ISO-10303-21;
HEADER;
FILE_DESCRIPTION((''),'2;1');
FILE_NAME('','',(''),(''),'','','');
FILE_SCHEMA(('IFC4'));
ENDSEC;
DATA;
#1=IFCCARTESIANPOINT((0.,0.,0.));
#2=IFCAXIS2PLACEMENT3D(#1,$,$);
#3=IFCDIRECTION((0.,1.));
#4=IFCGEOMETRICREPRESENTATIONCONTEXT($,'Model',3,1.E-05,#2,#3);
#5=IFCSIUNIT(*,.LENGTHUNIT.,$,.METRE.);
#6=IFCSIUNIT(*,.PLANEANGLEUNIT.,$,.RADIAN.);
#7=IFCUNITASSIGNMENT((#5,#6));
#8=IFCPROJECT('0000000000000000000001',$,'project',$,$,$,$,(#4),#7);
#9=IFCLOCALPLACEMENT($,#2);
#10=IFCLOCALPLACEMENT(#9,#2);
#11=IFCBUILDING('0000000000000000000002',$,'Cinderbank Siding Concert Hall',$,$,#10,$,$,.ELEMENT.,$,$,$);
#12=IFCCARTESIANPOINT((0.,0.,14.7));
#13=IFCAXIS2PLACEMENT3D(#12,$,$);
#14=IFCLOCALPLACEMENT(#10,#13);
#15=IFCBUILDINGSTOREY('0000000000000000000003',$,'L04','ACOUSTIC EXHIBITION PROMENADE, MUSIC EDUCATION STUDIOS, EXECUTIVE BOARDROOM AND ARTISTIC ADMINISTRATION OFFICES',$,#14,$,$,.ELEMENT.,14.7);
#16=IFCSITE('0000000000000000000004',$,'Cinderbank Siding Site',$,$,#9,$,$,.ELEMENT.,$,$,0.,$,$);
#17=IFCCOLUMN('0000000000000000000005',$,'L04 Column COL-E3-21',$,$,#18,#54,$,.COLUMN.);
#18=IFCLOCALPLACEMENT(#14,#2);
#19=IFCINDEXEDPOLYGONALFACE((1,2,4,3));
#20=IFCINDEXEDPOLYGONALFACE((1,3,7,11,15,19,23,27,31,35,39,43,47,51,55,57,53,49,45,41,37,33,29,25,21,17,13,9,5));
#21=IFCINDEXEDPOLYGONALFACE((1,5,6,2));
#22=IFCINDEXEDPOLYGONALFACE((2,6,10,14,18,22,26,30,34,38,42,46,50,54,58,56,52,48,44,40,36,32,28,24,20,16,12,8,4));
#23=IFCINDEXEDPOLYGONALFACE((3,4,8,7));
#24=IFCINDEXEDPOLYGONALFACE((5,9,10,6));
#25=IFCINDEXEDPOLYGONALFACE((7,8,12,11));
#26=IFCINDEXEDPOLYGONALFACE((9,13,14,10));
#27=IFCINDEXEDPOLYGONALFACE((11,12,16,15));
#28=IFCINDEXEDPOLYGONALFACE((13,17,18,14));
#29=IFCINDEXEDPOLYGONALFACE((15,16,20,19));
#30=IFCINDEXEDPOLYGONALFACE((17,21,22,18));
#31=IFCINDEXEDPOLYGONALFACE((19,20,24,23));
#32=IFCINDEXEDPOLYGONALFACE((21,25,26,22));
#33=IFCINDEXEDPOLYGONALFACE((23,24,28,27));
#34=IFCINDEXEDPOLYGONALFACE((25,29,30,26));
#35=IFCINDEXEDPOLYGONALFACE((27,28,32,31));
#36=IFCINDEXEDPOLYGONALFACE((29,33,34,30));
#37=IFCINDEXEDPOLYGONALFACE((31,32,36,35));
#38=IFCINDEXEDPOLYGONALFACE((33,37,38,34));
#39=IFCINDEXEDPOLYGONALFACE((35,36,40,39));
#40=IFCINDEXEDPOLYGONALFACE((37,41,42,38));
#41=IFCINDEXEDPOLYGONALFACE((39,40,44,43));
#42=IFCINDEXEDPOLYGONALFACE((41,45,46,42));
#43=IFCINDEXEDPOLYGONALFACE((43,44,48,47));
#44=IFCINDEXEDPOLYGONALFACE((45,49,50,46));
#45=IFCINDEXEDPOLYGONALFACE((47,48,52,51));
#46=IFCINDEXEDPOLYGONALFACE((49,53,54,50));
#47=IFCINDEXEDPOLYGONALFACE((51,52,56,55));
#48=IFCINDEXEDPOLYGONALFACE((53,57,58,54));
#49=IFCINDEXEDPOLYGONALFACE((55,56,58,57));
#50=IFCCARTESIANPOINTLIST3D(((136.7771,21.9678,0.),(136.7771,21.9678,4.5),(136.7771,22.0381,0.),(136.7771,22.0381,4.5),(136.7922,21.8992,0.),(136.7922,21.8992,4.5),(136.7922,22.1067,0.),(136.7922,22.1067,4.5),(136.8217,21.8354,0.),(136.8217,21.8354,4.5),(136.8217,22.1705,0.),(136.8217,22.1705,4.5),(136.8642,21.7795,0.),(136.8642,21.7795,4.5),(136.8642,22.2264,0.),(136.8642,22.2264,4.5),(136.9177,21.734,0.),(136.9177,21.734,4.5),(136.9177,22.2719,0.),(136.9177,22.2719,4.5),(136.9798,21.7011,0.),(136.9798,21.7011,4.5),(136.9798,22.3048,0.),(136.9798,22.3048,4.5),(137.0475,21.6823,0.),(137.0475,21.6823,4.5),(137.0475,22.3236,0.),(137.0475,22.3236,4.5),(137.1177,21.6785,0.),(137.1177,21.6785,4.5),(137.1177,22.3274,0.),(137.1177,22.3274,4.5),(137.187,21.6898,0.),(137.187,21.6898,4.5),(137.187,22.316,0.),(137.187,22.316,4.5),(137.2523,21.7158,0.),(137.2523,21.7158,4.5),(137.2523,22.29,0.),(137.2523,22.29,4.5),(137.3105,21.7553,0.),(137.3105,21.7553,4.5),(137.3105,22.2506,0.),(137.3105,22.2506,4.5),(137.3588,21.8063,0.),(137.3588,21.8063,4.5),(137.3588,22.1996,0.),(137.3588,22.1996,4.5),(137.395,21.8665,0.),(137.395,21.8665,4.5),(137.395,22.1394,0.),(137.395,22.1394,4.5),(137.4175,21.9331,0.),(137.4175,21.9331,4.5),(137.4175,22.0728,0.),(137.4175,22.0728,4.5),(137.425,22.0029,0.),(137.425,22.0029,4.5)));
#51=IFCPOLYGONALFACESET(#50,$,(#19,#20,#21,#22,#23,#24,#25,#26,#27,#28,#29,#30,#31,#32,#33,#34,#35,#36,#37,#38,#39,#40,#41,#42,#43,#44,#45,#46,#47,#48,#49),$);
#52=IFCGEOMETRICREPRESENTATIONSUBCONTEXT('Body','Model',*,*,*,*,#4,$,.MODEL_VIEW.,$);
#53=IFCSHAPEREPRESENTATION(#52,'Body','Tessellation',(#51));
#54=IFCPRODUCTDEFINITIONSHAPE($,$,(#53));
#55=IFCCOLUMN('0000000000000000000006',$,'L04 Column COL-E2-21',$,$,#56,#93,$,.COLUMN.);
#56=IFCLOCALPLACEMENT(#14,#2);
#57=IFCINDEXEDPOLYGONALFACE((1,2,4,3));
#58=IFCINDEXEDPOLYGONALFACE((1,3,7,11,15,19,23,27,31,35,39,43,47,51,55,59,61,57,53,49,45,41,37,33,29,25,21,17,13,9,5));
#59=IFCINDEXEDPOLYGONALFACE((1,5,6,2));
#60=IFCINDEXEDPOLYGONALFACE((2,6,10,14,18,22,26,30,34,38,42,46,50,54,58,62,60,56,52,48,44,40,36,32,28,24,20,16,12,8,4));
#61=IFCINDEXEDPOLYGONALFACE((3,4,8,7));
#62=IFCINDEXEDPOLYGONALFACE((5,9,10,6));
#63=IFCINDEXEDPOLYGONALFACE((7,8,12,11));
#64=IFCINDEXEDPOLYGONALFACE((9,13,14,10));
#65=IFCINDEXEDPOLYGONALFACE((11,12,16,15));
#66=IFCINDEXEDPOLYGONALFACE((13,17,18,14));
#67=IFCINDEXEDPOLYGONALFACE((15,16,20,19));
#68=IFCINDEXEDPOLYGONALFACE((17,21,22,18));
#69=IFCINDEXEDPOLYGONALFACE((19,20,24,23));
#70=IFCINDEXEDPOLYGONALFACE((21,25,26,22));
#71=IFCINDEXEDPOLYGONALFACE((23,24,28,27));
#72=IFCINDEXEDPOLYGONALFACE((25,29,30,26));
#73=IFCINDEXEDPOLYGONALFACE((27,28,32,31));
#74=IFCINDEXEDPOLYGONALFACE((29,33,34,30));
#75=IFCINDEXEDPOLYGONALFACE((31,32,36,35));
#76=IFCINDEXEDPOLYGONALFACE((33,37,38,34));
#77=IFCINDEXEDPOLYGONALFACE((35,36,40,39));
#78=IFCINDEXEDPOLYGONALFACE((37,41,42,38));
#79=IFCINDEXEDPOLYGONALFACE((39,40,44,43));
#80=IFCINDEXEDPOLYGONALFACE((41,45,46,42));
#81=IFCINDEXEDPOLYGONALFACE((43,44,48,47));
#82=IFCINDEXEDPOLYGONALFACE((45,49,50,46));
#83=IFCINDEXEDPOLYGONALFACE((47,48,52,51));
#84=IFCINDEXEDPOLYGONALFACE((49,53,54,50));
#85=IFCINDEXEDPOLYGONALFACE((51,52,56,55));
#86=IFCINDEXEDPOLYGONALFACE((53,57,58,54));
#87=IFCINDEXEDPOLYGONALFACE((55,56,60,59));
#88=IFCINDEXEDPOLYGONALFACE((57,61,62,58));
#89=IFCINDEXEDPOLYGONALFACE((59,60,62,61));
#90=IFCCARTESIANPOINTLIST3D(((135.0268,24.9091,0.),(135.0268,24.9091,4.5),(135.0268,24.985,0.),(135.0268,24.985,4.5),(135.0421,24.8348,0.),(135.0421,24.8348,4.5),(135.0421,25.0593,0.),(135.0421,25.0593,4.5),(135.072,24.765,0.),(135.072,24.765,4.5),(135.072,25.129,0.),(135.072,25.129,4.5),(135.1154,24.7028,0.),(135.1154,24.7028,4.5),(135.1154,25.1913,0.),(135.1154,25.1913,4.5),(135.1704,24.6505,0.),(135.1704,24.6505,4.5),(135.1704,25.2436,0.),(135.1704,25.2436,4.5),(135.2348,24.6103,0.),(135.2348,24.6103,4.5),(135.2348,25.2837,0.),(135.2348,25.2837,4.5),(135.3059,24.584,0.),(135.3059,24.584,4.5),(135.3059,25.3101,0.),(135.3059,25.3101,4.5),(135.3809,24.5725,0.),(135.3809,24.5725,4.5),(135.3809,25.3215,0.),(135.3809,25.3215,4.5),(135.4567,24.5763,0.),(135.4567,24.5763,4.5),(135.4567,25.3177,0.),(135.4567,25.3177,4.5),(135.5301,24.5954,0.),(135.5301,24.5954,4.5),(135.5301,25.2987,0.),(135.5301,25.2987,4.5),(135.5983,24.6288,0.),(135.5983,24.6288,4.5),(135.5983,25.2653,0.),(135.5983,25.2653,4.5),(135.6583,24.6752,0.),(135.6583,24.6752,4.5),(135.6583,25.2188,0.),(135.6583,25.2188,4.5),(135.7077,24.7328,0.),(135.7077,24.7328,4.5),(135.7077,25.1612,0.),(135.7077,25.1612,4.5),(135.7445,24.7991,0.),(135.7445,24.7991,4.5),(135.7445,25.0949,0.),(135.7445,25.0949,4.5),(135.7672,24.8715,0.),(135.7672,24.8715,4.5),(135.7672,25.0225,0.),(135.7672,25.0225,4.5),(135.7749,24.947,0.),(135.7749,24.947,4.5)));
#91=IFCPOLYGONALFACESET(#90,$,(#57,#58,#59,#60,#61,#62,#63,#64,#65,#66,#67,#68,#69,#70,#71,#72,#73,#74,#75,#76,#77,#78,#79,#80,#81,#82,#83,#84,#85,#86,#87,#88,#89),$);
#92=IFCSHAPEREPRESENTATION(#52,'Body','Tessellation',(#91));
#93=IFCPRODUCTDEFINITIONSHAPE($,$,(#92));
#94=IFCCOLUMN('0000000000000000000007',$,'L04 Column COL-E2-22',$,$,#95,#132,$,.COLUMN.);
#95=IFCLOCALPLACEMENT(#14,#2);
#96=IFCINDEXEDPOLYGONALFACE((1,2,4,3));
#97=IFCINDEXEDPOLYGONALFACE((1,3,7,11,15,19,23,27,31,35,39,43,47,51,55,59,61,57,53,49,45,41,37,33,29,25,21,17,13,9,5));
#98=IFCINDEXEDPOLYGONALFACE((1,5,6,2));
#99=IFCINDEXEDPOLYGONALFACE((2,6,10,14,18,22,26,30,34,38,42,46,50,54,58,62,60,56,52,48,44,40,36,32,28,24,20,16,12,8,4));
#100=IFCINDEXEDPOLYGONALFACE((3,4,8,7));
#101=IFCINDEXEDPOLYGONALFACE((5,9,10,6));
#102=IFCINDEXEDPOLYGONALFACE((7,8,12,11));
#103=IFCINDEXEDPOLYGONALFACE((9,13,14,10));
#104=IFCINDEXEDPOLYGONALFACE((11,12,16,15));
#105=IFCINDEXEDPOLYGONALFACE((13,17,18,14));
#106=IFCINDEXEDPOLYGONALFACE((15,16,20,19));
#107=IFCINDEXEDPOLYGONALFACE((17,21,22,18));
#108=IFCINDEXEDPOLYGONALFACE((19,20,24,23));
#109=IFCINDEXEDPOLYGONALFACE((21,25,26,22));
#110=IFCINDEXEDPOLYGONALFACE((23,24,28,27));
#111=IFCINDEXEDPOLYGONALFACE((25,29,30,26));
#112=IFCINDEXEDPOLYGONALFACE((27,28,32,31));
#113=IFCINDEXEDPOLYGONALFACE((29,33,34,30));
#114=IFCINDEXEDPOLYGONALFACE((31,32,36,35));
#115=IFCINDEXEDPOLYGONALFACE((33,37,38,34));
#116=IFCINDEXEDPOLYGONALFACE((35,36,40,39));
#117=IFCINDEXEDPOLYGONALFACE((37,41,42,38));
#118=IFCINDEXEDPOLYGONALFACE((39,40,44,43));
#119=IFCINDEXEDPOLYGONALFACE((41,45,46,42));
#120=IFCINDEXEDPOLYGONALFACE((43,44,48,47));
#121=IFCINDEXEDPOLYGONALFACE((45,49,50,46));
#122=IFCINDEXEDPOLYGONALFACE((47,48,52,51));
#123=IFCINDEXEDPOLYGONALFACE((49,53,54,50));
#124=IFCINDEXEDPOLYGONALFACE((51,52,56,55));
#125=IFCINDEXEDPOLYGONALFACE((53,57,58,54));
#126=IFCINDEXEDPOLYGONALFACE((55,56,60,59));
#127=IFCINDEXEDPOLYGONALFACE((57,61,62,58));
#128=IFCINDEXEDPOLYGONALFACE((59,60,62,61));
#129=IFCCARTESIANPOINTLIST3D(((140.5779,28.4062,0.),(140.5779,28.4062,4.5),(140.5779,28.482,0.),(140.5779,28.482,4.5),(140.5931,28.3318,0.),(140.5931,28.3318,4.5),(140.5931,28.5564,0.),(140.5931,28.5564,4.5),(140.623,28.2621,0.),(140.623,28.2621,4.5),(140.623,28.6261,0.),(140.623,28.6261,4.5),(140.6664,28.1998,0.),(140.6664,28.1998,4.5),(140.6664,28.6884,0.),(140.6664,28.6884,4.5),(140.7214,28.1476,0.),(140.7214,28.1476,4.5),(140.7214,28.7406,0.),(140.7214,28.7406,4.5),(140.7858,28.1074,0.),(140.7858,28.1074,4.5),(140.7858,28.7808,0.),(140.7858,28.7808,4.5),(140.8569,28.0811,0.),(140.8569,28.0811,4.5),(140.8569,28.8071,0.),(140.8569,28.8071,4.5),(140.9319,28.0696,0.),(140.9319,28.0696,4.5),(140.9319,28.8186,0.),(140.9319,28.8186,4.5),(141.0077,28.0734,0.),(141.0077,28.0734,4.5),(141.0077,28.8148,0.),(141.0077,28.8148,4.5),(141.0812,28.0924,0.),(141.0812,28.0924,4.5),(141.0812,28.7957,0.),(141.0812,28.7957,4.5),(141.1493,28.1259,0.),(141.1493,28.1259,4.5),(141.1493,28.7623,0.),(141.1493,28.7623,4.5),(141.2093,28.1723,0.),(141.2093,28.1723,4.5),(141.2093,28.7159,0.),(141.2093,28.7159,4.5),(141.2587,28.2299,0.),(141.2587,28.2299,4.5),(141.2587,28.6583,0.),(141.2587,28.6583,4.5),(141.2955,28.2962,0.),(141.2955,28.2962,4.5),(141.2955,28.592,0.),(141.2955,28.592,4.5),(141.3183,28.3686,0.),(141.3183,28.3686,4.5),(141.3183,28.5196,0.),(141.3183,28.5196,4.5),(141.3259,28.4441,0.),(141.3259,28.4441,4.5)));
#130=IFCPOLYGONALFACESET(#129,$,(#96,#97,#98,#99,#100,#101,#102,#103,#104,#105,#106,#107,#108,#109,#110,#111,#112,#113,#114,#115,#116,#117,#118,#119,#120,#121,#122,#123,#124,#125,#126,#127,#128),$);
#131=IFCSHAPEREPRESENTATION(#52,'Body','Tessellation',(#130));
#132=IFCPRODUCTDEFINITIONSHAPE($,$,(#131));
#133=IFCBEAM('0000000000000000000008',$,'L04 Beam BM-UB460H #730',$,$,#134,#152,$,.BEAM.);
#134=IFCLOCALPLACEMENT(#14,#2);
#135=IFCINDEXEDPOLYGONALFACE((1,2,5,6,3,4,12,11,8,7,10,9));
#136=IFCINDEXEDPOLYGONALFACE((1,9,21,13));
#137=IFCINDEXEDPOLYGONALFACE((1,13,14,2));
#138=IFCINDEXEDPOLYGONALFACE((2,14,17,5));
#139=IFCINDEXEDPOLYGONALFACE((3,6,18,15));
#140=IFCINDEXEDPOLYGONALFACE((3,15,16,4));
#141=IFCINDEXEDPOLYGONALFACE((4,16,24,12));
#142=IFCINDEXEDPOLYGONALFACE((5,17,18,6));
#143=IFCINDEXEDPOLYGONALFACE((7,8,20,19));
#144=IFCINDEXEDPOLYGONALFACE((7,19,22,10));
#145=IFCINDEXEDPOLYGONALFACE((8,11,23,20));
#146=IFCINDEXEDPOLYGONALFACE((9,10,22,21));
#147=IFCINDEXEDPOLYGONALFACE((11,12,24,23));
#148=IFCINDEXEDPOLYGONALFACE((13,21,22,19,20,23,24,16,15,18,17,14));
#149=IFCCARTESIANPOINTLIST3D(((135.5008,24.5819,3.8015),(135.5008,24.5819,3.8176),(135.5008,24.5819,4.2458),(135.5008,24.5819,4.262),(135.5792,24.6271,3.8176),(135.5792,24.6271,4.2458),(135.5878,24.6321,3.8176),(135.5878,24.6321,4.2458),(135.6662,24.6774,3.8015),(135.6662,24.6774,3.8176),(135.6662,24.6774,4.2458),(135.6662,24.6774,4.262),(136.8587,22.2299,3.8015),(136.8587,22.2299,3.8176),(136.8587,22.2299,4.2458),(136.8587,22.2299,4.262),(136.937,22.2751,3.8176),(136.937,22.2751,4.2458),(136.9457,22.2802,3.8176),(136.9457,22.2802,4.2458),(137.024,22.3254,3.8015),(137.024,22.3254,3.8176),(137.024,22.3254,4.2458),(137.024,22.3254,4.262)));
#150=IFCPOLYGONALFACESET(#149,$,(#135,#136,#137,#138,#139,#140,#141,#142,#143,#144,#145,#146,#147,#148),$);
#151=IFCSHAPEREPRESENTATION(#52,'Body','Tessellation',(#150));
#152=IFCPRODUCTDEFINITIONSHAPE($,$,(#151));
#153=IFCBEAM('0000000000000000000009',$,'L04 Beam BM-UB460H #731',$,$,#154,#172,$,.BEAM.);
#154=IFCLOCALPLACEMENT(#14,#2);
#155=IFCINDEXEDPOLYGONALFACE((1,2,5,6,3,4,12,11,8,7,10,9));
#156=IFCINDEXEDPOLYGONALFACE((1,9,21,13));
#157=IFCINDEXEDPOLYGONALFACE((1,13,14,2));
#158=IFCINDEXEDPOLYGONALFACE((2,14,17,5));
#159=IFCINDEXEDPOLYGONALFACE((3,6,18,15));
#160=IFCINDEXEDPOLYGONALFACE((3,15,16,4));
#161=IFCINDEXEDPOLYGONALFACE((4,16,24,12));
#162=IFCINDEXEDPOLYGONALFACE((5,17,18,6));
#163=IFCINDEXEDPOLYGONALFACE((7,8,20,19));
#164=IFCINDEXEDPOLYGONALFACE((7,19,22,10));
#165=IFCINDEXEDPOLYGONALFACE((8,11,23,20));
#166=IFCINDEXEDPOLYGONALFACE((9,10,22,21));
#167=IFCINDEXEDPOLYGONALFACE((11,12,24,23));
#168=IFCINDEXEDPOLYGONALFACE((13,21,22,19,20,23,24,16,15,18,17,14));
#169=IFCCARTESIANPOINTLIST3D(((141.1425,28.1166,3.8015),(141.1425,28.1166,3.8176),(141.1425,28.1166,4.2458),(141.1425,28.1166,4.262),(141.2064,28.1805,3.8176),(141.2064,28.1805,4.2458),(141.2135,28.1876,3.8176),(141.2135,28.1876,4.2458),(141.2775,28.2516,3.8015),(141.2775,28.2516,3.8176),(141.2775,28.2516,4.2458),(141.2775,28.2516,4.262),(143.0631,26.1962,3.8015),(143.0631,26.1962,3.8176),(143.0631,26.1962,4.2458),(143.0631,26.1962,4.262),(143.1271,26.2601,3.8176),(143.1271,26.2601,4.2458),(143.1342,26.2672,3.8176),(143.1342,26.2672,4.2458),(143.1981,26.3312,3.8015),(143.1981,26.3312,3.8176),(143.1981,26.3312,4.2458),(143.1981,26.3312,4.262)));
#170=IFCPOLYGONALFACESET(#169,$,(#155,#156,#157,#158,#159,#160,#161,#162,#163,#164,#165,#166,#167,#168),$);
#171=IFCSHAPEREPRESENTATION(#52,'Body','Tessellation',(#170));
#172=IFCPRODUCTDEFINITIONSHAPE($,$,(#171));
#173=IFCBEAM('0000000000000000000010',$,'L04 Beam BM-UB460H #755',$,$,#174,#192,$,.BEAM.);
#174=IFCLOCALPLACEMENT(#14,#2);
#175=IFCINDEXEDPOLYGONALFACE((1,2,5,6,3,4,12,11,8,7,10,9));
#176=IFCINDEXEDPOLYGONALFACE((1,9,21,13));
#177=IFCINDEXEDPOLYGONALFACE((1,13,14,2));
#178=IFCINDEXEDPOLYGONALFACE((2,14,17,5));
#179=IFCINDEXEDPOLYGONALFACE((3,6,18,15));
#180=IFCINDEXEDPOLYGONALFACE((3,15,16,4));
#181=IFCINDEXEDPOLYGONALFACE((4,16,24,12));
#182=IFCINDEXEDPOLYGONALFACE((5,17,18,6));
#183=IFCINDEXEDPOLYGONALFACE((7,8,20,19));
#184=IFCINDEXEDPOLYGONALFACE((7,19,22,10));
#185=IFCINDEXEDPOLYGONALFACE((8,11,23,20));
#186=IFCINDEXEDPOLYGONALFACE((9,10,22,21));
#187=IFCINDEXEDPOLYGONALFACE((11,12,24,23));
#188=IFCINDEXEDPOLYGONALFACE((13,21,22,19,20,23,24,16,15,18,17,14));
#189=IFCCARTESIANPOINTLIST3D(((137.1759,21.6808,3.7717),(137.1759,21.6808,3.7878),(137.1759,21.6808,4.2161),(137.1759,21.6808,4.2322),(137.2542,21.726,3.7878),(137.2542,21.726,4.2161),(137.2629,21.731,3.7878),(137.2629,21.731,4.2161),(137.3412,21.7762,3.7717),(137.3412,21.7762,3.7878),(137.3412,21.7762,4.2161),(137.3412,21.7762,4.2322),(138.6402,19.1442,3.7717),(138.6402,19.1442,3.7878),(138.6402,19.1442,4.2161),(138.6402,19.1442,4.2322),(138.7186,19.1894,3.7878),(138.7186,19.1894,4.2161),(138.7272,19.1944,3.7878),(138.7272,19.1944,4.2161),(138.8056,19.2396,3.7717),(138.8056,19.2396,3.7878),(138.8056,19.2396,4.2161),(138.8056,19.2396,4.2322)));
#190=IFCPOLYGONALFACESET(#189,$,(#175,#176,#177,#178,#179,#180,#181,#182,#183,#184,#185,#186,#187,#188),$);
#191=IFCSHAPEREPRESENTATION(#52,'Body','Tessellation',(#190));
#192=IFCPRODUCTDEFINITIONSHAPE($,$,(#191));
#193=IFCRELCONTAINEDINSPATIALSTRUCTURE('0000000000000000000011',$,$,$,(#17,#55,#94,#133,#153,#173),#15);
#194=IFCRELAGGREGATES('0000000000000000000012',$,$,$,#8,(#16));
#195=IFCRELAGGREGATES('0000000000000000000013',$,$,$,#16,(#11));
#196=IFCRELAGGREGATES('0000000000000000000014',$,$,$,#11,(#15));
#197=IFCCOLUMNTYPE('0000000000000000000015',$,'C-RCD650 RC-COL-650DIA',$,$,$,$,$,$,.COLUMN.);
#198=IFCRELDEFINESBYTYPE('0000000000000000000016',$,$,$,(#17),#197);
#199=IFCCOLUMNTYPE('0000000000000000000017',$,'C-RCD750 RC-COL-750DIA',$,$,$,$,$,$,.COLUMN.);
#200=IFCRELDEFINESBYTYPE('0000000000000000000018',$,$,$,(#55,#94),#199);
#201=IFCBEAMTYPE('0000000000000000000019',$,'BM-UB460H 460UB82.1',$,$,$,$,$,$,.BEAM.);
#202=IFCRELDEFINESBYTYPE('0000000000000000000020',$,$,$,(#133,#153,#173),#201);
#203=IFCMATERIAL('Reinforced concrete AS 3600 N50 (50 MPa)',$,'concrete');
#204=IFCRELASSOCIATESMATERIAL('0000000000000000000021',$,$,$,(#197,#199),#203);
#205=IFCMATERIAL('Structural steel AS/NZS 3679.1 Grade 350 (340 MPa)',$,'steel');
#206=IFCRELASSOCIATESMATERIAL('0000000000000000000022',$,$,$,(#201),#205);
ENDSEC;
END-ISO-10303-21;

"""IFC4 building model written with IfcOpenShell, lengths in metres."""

from ifc_helpers import new_model, si_unit, direction, frame, origin, origin_2d, place, context, subcontext, project, spatial, circle, i_section, extrude, material, material_profile, profile_set, type_object, element, save


model = new_model("IFC4")

# Units and contexts
model_context = context("Model", 3, precision=1e-05, world=origin(), true_north=direction((0.0, 1.0)))
body_context = subcontext(model_context, "Body", "Model", "MODEL_VIEW")
ifc_project = project(units=[si_unit("LENGTHUNIT", "METRE"), si_unit("PLANEANGLEUNIT", "RADIAN")], contexts=[model_context])

# Site, building, storey
site_placement = place(None, origin())
site = spatial("IfcSite", under=ifc_project, at=site_placement, Name="Cinderbank Siding Site", CompositionType="ELEMENT", RefElevation=0.0)
building_placement = place(site_placement, origin())
building = spatial("IfcBuilding", under=site, at=building_placement, Name="Cinderbank Siding Concert Hall", CompositionType="ELEMENT")
storey_placement = place(building_placement, frame((0.0, 0.0, 14.7)))
storey = spatial("IfcBuildingStorey", under=building, at=storey_placement, Name="L04", Description="ACOUSTIC EXHIBITION PROMENADE, MUSIC EDUCATION STUDIOS, EXECUTIVE BOARDROOM AND ARTISTIC ADMINISTRATION OFFICES", CompositionType="ELEMENT", Elevation=14.7)

# Columns
ifc_material_1 = material(Name="Reinforced concrete AS 3600 N50 (50 MPa)", Category="concrete")
ifc_material_profile_1 = material_profile(ifc_material_1, circle(Radius=0.325, at=origin_2d()), Name="RC-COL-650DIA", Category="LoadBearing")
ifc_profile_set_1 = profile_set([ifc_material_profile_1], Name="Reinforced concrete AS 3600 N50 (50 MPa)")
column_type_1 = type_object("IfcColumnType", Name="C-RCD650 RC-COL-650DIA", PredefinedType="COLUMN", material=ifc_profile_set_1)
column_placement = place(storey_placement, frame((137.1001, 22.0029, 0.0), z_axis=(0.0, 0.0, 1.0), x_axis=(1.0, 0.0, 0.0)))
element("IfcColumn", 1, at=column_placement, inside=storey, type_object=column_type_1, Name="L04 Column COL-E3-21", PredefinedType="COLUMN", context=body_context, shape_type="SweptSolid", body=[
    extrude(circle(Radius=0.325, at=origin_2d()), origin(), (0.0, 0.0, 1.0), 4.5),
])
ifc_material_profile_2 = material_profile(ifc_material_1, circle(Radius=0.375, at=origin_2d()), Name="RC-COL-750DIA", Category="LoadBearing")
ifc_profile_set_2 = profile_set([ifc_material_profile_2], Name="Reinforced concrete AS 3600 N50 (50 MPa)")
column_type_2 = type_object("IfcColumnType", Name="C-RCD750 RC-COL-750DIA", PredefinedType="COLUMN", material=ifc_profile_set_2)
for number, where, z_axis, x_axis, name in (
    (2, (135.3999, 24.947, 0.0), (0.0, 0.0, 1.0), (1.0, 0.0, 0.0), "L04 Column COL-E2-21"),
    (3, (140.9509, 28.4441, 0.0), (0.0, 0.0, 1.0), (1.0, 0.0, 0.0), "L04 Column COL-E2-22"),
):
    element("IfcColumn", number, at=place(storey_placement, frame(where, z_axis=z_axis, x_axis=x_axis)), inside=storey, type_object=column_type_2, Name=name, PredefinedType="COLUMN", context=body_context, shape_type="SweptSolid", body=[
        extrude(circle(Radius=0.375, at=origin_2d()), origin(), (0.0, 0.0, 1.0), 4.5),
    ])

# Beams
ifc_material_2 = material(Name="Structural steel AS/NZS 3679.1 Grade 350 (340 MPa)", Category="steel")
ifc_material_profile_3 = material_profile(ifc_material_2, i_section(OverallWidth=0.1909, OverallDepth=0.4604, WebThickness=0.01, FlangeThickness=0.0161, at=origin_2d()), Name="460UB82.1", Category="LoadBearing")
ifc_profile_set_3 = profile_set([ifc_material_profile_3], Name="Structural steel AS/NZS 3679.1 Grade 350 (340 MPa)")
beam_type_1 = type_object("IfcBeamType", Name="BM-UB460H 460UB82.1", PredefinedType="BEAM", material=ifc_profile_set_3)
beam_1_placement = place(storey_placement, frame((135.5835, 24.6296, 4.0317), z_axis=(0.499987, -0.866033, 0.0), x_axis=(0.866033, 0.499987, 0.0)))
element("IfcBeam", 4, at=beam_1_placement, inside=storey, type_object=beam_type_1, Name="L04 Beam BM-UB460H #730", PredefinedType="BEAM", context=body_context, shape_type="SweptSolid", body=[
    extrude(i_section(OverallWidth=0.1909, OverallDepth=0.4604, WebThickness=0.01, FlangeThickness=0.0161, at=origin_2d()), origin(), (0.0, 0.0, 1.0), 2.7158),
])
beam_2_placement = place(storey_placement, frame((141.21, 28.1841, 4.0317), z_axis=(0.707152, -0.707062, 0.0), x_axis=(0.707062, 0.707152, 0.0)))
element("IfcBeam", 5, at=beam_2_placement, inside=storey, type_object=beam_type_1, Name="L04 Beam BM-UB460H #731", PredefinedType="BEAM", context=body_context, shape_type="SweptSolid", body=[
    extrude(i_section(OverallWidth=0.1909, OverallDepth=0.4604, WebThickness=0.01, FlangeThickness=0.0161, at=origin_2d()), origin(), (0.0, 0.0, 1.0), 2.7161),
])
beam_3_placement = place(storey_placement, frame((137.2585, 21.7285, 4.002), z_axis=(0.499958, -0.86605, 0.0), x_axis=(0.86605, 0.499958, 0.0)))
element("IfcBeam", 6, at=beam_3_placement, inside=storey, type_object=beam_type_1, Name="L04 Beam BM-UB460H #755", PredefinedType="BEAM", context=body_context, shape_type="SweptSolid", body=[
    extrude(i_section(OverallWidth=0.1909, OverallDepth=0.4604, WebThickness=0.01, FlangeThickness=0.0161, at=origin_2d()), origin(), (0.0, 0.0, 1.0), 2.929),
])

save(model, "model.ifc")
